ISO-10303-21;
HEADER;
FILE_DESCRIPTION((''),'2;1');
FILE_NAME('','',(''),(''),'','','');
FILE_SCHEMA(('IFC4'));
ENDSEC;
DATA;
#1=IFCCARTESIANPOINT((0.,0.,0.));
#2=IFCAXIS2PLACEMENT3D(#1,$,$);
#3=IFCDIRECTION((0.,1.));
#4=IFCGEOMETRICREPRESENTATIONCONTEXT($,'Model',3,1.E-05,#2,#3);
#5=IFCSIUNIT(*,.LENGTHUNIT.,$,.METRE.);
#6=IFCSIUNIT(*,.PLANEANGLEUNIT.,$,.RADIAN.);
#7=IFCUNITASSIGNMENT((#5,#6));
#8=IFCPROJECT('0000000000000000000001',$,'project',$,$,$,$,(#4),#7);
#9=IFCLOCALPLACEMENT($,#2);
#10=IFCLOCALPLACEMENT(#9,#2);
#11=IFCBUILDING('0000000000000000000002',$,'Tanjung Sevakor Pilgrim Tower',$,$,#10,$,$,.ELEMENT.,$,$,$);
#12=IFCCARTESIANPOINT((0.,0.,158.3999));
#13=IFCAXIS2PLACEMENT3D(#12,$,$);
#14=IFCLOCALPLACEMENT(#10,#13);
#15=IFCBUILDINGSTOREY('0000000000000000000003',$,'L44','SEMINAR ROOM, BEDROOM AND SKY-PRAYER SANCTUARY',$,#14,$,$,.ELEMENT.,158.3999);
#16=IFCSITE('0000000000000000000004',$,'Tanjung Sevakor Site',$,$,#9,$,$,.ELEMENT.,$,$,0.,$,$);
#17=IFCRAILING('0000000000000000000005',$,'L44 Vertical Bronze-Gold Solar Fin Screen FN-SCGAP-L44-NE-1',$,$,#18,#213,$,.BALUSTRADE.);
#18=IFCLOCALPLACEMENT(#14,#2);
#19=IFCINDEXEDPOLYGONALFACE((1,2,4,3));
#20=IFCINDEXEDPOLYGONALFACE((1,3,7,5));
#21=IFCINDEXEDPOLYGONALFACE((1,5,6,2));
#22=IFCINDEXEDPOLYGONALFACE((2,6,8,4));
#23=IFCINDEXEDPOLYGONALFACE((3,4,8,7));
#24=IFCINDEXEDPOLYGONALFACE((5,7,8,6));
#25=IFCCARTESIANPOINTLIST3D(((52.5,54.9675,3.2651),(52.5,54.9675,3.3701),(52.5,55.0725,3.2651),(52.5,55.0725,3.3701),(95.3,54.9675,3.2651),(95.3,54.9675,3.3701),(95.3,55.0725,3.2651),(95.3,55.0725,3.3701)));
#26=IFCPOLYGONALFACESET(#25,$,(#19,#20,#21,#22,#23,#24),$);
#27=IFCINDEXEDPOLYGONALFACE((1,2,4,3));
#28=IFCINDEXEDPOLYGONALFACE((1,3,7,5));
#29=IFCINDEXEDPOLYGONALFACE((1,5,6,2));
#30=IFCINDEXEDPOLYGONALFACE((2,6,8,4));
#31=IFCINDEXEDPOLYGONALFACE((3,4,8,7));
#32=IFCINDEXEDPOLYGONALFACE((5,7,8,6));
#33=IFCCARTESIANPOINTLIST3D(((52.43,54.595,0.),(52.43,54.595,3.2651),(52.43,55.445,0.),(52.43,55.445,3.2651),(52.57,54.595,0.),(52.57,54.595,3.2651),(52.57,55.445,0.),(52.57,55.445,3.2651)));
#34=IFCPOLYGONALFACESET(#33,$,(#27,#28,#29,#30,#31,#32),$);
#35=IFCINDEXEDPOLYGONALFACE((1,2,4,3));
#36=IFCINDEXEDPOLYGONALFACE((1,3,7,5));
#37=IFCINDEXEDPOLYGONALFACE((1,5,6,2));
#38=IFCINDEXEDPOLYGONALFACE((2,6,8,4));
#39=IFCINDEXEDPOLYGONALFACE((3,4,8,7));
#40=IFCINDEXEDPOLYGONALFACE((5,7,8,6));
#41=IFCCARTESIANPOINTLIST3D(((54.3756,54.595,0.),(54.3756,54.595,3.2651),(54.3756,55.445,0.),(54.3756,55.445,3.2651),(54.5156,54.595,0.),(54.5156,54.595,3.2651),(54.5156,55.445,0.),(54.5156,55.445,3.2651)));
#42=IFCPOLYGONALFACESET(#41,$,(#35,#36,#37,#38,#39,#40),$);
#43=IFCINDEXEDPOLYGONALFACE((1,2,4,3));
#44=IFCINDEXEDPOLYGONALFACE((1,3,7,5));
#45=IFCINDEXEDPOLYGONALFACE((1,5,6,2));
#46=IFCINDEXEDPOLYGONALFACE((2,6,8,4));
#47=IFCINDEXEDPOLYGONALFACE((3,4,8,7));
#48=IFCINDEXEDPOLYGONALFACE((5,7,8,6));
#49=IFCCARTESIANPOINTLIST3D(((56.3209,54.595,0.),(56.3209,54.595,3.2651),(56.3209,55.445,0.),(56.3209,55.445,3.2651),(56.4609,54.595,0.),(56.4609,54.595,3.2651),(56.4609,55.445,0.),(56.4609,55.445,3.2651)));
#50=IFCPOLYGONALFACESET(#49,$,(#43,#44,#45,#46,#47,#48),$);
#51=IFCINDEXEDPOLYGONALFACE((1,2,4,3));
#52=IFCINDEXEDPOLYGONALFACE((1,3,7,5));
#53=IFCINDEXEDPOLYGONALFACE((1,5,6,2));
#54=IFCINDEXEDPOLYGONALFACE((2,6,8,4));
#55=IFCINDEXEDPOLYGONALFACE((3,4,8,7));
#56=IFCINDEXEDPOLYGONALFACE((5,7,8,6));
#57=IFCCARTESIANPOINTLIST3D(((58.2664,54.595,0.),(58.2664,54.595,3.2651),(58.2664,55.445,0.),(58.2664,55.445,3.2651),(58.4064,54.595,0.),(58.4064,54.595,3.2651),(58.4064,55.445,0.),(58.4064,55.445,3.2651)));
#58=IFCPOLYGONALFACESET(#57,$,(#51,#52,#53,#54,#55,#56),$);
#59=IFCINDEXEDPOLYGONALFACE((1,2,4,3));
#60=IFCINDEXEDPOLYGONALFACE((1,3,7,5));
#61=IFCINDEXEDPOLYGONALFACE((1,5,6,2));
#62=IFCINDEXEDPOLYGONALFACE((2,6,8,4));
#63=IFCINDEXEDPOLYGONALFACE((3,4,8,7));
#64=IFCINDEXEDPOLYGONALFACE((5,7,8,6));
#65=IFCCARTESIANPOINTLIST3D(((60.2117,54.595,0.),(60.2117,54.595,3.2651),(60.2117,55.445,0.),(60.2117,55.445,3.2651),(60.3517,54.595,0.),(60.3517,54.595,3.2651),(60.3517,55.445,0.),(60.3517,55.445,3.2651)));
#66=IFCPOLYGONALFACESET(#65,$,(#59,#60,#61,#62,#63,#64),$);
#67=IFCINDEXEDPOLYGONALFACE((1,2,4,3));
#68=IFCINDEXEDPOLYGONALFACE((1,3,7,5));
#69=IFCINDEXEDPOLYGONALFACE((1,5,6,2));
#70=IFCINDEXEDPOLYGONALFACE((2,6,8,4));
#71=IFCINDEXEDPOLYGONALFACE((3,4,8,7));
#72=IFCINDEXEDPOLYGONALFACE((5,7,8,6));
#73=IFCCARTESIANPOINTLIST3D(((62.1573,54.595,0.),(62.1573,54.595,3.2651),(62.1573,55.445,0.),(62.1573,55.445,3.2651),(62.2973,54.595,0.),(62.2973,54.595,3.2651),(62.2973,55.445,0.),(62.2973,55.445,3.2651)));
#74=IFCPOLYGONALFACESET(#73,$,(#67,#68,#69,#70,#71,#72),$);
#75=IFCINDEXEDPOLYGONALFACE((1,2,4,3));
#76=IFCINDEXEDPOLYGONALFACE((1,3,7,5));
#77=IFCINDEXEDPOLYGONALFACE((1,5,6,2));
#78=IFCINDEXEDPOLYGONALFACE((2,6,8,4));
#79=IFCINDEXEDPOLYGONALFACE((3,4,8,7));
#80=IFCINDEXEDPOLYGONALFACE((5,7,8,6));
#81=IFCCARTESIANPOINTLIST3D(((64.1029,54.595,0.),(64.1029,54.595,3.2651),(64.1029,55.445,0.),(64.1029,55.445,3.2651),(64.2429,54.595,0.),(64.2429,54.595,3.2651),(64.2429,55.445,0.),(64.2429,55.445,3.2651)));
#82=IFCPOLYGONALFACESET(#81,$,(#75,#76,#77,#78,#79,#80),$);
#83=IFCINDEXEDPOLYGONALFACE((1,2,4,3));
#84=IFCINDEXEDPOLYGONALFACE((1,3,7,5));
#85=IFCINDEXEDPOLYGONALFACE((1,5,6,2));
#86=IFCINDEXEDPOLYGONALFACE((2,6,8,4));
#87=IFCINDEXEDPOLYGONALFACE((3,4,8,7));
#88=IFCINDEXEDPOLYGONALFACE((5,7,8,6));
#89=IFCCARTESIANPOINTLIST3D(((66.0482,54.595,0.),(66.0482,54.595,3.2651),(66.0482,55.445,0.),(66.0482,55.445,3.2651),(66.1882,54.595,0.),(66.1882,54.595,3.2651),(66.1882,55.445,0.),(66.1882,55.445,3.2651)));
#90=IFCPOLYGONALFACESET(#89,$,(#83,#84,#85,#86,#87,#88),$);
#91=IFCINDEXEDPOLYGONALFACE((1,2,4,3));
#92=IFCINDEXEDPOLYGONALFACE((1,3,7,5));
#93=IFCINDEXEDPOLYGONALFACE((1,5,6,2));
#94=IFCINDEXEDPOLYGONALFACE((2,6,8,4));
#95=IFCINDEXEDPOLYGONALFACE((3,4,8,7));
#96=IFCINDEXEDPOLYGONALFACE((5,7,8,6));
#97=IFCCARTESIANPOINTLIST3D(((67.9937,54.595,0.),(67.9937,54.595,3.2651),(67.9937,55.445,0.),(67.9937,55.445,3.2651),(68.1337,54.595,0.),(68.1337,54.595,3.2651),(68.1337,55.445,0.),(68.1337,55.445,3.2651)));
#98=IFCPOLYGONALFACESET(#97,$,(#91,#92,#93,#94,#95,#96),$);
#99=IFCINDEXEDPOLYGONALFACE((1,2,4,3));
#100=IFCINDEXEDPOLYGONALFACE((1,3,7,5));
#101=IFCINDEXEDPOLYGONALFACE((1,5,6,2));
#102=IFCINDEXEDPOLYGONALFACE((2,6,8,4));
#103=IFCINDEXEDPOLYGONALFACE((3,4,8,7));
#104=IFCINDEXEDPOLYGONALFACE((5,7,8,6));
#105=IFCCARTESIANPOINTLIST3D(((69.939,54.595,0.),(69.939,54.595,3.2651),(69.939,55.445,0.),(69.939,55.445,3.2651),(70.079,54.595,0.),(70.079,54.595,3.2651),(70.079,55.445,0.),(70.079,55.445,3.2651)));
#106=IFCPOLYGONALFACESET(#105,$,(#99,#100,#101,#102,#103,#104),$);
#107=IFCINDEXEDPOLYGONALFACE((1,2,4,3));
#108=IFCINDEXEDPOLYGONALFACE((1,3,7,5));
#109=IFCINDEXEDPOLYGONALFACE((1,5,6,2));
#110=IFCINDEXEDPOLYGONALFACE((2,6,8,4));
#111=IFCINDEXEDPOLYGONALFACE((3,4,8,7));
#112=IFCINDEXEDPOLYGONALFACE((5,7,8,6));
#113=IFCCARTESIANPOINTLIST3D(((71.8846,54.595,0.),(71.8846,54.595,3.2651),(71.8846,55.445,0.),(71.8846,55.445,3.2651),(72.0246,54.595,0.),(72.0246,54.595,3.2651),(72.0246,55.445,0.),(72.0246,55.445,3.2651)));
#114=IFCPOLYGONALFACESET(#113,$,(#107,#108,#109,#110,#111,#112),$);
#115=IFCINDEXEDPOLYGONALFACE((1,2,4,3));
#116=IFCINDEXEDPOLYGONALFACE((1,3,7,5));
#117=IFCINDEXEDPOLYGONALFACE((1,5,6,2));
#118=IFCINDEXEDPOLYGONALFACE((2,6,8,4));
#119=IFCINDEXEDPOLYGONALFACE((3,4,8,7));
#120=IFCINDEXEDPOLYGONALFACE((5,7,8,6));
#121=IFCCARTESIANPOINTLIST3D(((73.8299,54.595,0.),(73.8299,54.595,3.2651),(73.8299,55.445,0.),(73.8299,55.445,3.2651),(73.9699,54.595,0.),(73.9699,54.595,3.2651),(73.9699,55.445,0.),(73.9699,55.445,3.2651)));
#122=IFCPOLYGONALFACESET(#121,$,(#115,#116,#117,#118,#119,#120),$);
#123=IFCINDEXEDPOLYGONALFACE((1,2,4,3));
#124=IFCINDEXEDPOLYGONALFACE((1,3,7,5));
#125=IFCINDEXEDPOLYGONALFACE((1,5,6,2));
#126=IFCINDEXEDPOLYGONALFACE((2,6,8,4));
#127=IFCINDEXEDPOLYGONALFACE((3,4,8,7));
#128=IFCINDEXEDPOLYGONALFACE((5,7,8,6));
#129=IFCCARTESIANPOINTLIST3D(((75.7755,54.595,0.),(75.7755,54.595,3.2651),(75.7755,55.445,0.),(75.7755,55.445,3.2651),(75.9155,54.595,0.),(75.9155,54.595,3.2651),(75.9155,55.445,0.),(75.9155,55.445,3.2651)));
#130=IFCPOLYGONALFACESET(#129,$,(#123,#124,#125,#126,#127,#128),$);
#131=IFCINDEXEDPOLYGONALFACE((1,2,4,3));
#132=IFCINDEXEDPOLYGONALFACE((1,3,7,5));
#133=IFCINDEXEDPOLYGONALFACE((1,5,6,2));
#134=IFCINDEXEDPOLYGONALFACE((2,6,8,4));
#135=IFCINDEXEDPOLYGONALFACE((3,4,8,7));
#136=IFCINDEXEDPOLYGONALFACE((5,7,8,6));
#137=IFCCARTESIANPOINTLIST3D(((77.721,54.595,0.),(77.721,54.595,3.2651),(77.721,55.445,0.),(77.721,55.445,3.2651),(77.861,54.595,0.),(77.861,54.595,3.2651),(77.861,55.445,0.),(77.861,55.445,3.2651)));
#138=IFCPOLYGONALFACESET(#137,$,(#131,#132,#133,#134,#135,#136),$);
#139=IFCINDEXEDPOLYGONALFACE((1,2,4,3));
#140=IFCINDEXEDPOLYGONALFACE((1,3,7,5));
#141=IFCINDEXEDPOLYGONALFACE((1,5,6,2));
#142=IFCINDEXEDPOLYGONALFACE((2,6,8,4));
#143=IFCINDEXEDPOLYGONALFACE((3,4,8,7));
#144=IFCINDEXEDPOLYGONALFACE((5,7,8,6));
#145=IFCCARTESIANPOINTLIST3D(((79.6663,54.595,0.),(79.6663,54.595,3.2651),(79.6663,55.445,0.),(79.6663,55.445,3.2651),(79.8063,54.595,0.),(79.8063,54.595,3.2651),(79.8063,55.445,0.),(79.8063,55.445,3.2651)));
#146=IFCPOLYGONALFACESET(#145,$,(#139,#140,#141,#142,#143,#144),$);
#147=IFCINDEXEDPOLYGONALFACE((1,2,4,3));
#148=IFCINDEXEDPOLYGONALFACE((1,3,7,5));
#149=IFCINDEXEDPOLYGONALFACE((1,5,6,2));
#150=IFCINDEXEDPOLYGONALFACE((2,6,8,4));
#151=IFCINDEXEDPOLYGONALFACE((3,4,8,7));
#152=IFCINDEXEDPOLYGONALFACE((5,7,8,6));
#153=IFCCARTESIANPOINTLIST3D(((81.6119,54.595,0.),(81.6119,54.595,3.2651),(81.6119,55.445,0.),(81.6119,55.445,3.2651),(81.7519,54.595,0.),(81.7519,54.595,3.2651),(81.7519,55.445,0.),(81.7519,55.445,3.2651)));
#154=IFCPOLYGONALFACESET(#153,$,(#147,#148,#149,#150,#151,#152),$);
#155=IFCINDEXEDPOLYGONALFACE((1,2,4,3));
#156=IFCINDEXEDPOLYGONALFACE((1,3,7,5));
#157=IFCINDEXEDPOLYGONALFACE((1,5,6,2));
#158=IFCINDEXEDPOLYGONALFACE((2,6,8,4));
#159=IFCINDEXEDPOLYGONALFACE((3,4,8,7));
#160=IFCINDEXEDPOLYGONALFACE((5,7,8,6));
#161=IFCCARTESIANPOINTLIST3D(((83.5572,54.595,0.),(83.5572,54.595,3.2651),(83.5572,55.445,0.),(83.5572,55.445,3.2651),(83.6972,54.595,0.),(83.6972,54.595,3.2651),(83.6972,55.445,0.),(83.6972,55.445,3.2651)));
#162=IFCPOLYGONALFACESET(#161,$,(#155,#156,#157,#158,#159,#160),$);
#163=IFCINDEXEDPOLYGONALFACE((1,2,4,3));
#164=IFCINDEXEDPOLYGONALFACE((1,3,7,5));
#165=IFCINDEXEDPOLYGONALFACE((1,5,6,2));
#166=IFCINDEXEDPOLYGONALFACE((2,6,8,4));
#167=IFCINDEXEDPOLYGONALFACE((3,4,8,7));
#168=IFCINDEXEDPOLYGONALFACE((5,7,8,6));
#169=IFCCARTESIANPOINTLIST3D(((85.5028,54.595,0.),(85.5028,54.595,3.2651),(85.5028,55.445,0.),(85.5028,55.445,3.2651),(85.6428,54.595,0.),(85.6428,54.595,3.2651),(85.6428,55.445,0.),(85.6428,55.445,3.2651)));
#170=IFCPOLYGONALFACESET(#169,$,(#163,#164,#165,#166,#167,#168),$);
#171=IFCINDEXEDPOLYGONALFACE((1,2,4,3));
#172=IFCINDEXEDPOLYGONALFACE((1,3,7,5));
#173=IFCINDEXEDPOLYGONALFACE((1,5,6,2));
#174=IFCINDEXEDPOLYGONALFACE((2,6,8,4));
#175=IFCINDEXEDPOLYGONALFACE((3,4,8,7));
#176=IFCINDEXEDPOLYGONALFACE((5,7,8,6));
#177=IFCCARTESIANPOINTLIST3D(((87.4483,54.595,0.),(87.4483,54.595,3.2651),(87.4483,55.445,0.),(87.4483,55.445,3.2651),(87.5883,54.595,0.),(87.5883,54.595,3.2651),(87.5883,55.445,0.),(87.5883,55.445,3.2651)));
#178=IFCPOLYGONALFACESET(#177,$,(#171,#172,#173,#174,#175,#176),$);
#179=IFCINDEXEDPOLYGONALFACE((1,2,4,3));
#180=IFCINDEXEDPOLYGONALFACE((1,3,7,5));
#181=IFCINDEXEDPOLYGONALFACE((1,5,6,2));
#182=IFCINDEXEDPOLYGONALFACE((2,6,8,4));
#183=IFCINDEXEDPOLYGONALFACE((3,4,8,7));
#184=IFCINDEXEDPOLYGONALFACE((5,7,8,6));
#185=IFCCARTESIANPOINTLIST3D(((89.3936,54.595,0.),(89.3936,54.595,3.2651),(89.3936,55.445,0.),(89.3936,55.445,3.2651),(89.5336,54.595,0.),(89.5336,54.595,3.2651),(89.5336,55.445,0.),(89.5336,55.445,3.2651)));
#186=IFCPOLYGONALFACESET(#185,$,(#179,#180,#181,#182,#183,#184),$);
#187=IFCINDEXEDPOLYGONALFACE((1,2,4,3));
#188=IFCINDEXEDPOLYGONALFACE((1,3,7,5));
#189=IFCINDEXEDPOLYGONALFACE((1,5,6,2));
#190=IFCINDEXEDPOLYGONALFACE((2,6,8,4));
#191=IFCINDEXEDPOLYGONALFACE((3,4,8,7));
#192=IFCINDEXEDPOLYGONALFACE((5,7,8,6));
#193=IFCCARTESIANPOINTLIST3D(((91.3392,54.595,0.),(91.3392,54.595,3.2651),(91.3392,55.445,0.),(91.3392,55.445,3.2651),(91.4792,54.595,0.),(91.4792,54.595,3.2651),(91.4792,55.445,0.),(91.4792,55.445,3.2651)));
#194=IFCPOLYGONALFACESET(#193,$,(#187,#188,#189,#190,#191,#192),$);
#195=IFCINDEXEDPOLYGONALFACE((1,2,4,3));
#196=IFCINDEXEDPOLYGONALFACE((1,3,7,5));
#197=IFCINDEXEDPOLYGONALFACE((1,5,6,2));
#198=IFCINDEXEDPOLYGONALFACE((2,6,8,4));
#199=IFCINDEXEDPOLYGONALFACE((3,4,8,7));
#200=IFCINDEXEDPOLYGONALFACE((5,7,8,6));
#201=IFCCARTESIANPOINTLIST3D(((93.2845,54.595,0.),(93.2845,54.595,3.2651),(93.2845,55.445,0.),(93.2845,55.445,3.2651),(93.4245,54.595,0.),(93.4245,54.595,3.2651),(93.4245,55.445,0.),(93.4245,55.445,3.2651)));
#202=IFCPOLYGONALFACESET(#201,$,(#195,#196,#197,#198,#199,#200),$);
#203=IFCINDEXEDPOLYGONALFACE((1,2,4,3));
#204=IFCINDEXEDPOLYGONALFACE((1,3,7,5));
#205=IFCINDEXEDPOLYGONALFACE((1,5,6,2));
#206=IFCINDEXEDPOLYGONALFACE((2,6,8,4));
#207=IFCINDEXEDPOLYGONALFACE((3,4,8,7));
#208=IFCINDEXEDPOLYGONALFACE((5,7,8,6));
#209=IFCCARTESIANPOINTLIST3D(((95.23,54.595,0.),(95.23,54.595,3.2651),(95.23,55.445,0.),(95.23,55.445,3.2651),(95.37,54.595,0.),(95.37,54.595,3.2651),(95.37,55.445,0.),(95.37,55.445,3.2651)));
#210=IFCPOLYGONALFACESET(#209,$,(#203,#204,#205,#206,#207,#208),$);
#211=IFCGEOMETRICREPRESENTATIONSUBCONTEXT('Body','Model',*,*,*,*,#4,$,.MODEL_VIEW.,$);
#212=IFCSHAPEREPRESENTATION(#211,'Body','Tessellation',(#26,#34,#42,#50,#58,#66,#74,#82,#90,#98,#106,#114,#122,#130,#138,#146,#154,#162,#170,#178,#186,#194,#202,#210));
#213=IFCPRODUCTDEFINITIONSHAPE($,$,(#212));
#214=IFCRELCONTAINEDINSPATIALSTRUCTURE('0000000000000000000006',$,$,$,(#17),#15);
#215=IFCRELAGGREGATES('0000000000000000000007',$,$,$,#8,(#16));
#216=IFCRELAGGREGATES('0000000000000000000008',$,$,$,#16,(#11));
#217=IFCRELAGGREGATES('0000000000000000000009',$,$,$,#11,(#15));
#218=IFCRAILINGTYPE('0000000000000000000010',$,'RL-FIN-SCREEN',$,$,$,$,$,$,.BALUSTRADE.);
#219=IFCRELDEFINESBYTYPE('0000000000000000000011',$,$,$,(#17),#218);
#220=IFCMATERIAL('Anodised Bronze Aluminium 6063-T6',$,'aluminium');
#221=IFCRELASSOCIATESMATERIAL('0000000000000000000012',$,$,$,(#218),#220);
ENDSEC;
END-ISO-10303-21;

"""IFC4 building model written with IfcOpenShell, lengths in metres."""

from ifc_helpers import new_model, si_unit, direction, frame, origin, place, context, subcontext, project, spatial, rectangle, extrude, material, type_object, element, save


model = new_model("IFC4")

# Units and contexts
model_context = context("Model", 3, precision=1e-05, world=origin(), true_north=direction((0.0, 1.0)))
body_context = subcontext(model_context, "Body", "Model", "MODEL_VIEW")
ifc_project = project(units=[si_unit("LENGTHUNIT", "METRE"), si_unit("PLANEANGLEUNIT", "RADIAN")], contexts=[model_context])

# Site, building, storey
site_placement = place(None, origin())
site = spatial("IfcSite", under=ifc_project, at=site_placement, Name="Tanjung Sevakor Site", CompositionType="ELEMENT", RefElevation=0.0)
building_placement = place(site_placement, origin())
building = spatial("IfcBuilding", under=site, at=building_placement, Name="Tanjung Sevakor Pilgrim Tower", CompositionType="ELEMENT")
storey_placement = place(building_placement, frame((0.0, 0.0, 158.3999)))
storey = spatial("IfcBuildingStorey", under=building, at=storey_placement, Name="L44", Description="SEMINAR ROOM, BEDROOM AND SKY-PRAYER SANCTUARY", CompositionType="ELEMENT", Elevation=158.3999)

# Railing
ifc_material_1 = material(Name="Anodised Bronze Aluminium 6063-T6", Category="aluminium")
railing_type_1 = type_object("IfcRailingType", Name="RL-FIN-SCREEN", PredefinedType="BALUSTRADE", material=ifc_material_1)
railing_1_placement = place(storey_placement, frame((52.5, 55.02, 0.0)))
element("IfcRailing", 1, at=railing_1_placement, inside=storey, type_object=railing_type_1, Name="L44 Vertical Bronze-Gold Solar Fin Screen FN-SCGAP-L44-NE-1", PredefinedType="BALUSTRADE", context=body_context, shape_type="SweptSolid", body=[
    extrude(rectangle(XDim=0.105, YDim=0.105), frame((0.0, 0.0, 3.3176), z_axis=(1.0, 0.0, 0.0), x_axis=(0.0, 1.0, 0.0)), (0.0, 0.0, 1.0), 42.8),
    extrude(rectangle(XDim=0.14, YDim=0.85), origin(), (0.0, 0.0, 1.0), 3.2651),
    extrude(rectangle(XDim=0.14, YDim=0.85), frame((1.9456, 0.0, 0.0)), (0.0, 0.0, 1.0), 3.2651),
    extrude(rectangle(XDim=0.14, YDim=0.85), frame((3.8909, 0.0, 0.0)), (0.0, 0.0, 1.0), 3.2651),
    extrude(rectangle(XDim=0.14, YDim=0.85), frame((5.8364, 0.0, 0.0)), (0.0, 0.0, 1.0), 3.2651),
    extrude(rectangle(XDim=0.14, YDim=0.85), frame((7.7817, 0.0, 0.0)), (0.0, 0.0, 1.0), 3.2651),
    extrude(rectangle(XDim=0.14, YDim=0.85), frame((9.7273, 0.0, 0.0)), (0.0, 0.0, 1.0), 3.2651),
    extrude(rectangle(XDim=0.14, YDim=0.85), frame((11.6729, 0.0, 0.0)), (0.0, 0.0, 1.0), 3.2651),
    extrude(rectangle(XDim=0.14, YDim=0.85), frame((13.6182, 0.0, 0.0)), (0.0, 0.0, 1.0), 3.2651),
    extrude(rectangle(XDim=0.14, YDim=0.85), frame((15.5637, 0.0, 0.0)), (0.0, 0.0, 1.0), 3.2651),
    extrude(rectangle(XDim=0.14, YDim=0.85), frame((17.509, 0.0, 0.0)), (0.0, 0.0, 1.0), 3.2651),
    extrude(rectangle(XDim=0.14, YDim=0.85), frame((19.4546, 0.0, 0.0)), (0.0, 0.0, 1.0), 3.2651),
    extrude(rectangle(XDim=0.14, YDim=0.85), frame((21.3999, 0.0, 0.0)), (0.0, 0.0, 1.0), 3.2651),
    extrude(rectangle(XDim=0.14, YDim=0.85), frame((23.3455, 0.0, 0.0)), (0.0, 0.0, 1.0), 3.2651),
    extrude(rectangle(XDim=0.14, YDim=0.85), frame((25.291, 0.0, 0.0)), (0.0, 0.0, 1.0), 3.2651),
    extrude(rectangle(XDim=0.14, YDim=0.85), frame((27.2363, 0.0, 0.0)), (0.0, 0.0, 1.0), 3.2651),
    extrude(rectangle(XDim=0.14, YDim=0.85), frame((29.1819, 0.0, 0.0)), (0.0, 0.0, 1.0), 3.2651),
    extrude(rectangle(XDim=0.14, YDim=0.85), frame((31.1272, 0.0, 0.0)), (0.0, 0.0, 1.0), 3.2651),
    extrude(rectangle(XDim=0.14, YDim=0.85), frame((33.0728, 0.0, 0.0)), (0.0, 0.0, 1.0), 3.2651),
    extrude(rectangle(XDim=0.14, YDim=0.85), frame((35.0183, 0.0, 0.0)), (0.0, 0.0, 1.0), 3.2651),
    extrude(rectangle(XDim=0.14, YDim=0.85), frame((36.9636, 0.0, 0.0)), (0.0, 0.0, 1.0), 3.2651),
    extrude(rectangle(XDim=0.14, YDim=0.85), frame((38.9092, 0.0, 0.0)), (0.0, 0.0, 1.0), 3.2651),
    extrude(rectangle(XDim=0.14, YDim=0.85), frame((40.8545, 0.0, 0.0)), (0.0, 0.0, 1.0), 3.2651),
    extrude(rectangle(XDim=0.14, YDim=0.85), frame((42.8, 0.0, 0.0)), (0.0, 0.0, 1.0), 3.2651),
])

save(model, "model.ifc")
